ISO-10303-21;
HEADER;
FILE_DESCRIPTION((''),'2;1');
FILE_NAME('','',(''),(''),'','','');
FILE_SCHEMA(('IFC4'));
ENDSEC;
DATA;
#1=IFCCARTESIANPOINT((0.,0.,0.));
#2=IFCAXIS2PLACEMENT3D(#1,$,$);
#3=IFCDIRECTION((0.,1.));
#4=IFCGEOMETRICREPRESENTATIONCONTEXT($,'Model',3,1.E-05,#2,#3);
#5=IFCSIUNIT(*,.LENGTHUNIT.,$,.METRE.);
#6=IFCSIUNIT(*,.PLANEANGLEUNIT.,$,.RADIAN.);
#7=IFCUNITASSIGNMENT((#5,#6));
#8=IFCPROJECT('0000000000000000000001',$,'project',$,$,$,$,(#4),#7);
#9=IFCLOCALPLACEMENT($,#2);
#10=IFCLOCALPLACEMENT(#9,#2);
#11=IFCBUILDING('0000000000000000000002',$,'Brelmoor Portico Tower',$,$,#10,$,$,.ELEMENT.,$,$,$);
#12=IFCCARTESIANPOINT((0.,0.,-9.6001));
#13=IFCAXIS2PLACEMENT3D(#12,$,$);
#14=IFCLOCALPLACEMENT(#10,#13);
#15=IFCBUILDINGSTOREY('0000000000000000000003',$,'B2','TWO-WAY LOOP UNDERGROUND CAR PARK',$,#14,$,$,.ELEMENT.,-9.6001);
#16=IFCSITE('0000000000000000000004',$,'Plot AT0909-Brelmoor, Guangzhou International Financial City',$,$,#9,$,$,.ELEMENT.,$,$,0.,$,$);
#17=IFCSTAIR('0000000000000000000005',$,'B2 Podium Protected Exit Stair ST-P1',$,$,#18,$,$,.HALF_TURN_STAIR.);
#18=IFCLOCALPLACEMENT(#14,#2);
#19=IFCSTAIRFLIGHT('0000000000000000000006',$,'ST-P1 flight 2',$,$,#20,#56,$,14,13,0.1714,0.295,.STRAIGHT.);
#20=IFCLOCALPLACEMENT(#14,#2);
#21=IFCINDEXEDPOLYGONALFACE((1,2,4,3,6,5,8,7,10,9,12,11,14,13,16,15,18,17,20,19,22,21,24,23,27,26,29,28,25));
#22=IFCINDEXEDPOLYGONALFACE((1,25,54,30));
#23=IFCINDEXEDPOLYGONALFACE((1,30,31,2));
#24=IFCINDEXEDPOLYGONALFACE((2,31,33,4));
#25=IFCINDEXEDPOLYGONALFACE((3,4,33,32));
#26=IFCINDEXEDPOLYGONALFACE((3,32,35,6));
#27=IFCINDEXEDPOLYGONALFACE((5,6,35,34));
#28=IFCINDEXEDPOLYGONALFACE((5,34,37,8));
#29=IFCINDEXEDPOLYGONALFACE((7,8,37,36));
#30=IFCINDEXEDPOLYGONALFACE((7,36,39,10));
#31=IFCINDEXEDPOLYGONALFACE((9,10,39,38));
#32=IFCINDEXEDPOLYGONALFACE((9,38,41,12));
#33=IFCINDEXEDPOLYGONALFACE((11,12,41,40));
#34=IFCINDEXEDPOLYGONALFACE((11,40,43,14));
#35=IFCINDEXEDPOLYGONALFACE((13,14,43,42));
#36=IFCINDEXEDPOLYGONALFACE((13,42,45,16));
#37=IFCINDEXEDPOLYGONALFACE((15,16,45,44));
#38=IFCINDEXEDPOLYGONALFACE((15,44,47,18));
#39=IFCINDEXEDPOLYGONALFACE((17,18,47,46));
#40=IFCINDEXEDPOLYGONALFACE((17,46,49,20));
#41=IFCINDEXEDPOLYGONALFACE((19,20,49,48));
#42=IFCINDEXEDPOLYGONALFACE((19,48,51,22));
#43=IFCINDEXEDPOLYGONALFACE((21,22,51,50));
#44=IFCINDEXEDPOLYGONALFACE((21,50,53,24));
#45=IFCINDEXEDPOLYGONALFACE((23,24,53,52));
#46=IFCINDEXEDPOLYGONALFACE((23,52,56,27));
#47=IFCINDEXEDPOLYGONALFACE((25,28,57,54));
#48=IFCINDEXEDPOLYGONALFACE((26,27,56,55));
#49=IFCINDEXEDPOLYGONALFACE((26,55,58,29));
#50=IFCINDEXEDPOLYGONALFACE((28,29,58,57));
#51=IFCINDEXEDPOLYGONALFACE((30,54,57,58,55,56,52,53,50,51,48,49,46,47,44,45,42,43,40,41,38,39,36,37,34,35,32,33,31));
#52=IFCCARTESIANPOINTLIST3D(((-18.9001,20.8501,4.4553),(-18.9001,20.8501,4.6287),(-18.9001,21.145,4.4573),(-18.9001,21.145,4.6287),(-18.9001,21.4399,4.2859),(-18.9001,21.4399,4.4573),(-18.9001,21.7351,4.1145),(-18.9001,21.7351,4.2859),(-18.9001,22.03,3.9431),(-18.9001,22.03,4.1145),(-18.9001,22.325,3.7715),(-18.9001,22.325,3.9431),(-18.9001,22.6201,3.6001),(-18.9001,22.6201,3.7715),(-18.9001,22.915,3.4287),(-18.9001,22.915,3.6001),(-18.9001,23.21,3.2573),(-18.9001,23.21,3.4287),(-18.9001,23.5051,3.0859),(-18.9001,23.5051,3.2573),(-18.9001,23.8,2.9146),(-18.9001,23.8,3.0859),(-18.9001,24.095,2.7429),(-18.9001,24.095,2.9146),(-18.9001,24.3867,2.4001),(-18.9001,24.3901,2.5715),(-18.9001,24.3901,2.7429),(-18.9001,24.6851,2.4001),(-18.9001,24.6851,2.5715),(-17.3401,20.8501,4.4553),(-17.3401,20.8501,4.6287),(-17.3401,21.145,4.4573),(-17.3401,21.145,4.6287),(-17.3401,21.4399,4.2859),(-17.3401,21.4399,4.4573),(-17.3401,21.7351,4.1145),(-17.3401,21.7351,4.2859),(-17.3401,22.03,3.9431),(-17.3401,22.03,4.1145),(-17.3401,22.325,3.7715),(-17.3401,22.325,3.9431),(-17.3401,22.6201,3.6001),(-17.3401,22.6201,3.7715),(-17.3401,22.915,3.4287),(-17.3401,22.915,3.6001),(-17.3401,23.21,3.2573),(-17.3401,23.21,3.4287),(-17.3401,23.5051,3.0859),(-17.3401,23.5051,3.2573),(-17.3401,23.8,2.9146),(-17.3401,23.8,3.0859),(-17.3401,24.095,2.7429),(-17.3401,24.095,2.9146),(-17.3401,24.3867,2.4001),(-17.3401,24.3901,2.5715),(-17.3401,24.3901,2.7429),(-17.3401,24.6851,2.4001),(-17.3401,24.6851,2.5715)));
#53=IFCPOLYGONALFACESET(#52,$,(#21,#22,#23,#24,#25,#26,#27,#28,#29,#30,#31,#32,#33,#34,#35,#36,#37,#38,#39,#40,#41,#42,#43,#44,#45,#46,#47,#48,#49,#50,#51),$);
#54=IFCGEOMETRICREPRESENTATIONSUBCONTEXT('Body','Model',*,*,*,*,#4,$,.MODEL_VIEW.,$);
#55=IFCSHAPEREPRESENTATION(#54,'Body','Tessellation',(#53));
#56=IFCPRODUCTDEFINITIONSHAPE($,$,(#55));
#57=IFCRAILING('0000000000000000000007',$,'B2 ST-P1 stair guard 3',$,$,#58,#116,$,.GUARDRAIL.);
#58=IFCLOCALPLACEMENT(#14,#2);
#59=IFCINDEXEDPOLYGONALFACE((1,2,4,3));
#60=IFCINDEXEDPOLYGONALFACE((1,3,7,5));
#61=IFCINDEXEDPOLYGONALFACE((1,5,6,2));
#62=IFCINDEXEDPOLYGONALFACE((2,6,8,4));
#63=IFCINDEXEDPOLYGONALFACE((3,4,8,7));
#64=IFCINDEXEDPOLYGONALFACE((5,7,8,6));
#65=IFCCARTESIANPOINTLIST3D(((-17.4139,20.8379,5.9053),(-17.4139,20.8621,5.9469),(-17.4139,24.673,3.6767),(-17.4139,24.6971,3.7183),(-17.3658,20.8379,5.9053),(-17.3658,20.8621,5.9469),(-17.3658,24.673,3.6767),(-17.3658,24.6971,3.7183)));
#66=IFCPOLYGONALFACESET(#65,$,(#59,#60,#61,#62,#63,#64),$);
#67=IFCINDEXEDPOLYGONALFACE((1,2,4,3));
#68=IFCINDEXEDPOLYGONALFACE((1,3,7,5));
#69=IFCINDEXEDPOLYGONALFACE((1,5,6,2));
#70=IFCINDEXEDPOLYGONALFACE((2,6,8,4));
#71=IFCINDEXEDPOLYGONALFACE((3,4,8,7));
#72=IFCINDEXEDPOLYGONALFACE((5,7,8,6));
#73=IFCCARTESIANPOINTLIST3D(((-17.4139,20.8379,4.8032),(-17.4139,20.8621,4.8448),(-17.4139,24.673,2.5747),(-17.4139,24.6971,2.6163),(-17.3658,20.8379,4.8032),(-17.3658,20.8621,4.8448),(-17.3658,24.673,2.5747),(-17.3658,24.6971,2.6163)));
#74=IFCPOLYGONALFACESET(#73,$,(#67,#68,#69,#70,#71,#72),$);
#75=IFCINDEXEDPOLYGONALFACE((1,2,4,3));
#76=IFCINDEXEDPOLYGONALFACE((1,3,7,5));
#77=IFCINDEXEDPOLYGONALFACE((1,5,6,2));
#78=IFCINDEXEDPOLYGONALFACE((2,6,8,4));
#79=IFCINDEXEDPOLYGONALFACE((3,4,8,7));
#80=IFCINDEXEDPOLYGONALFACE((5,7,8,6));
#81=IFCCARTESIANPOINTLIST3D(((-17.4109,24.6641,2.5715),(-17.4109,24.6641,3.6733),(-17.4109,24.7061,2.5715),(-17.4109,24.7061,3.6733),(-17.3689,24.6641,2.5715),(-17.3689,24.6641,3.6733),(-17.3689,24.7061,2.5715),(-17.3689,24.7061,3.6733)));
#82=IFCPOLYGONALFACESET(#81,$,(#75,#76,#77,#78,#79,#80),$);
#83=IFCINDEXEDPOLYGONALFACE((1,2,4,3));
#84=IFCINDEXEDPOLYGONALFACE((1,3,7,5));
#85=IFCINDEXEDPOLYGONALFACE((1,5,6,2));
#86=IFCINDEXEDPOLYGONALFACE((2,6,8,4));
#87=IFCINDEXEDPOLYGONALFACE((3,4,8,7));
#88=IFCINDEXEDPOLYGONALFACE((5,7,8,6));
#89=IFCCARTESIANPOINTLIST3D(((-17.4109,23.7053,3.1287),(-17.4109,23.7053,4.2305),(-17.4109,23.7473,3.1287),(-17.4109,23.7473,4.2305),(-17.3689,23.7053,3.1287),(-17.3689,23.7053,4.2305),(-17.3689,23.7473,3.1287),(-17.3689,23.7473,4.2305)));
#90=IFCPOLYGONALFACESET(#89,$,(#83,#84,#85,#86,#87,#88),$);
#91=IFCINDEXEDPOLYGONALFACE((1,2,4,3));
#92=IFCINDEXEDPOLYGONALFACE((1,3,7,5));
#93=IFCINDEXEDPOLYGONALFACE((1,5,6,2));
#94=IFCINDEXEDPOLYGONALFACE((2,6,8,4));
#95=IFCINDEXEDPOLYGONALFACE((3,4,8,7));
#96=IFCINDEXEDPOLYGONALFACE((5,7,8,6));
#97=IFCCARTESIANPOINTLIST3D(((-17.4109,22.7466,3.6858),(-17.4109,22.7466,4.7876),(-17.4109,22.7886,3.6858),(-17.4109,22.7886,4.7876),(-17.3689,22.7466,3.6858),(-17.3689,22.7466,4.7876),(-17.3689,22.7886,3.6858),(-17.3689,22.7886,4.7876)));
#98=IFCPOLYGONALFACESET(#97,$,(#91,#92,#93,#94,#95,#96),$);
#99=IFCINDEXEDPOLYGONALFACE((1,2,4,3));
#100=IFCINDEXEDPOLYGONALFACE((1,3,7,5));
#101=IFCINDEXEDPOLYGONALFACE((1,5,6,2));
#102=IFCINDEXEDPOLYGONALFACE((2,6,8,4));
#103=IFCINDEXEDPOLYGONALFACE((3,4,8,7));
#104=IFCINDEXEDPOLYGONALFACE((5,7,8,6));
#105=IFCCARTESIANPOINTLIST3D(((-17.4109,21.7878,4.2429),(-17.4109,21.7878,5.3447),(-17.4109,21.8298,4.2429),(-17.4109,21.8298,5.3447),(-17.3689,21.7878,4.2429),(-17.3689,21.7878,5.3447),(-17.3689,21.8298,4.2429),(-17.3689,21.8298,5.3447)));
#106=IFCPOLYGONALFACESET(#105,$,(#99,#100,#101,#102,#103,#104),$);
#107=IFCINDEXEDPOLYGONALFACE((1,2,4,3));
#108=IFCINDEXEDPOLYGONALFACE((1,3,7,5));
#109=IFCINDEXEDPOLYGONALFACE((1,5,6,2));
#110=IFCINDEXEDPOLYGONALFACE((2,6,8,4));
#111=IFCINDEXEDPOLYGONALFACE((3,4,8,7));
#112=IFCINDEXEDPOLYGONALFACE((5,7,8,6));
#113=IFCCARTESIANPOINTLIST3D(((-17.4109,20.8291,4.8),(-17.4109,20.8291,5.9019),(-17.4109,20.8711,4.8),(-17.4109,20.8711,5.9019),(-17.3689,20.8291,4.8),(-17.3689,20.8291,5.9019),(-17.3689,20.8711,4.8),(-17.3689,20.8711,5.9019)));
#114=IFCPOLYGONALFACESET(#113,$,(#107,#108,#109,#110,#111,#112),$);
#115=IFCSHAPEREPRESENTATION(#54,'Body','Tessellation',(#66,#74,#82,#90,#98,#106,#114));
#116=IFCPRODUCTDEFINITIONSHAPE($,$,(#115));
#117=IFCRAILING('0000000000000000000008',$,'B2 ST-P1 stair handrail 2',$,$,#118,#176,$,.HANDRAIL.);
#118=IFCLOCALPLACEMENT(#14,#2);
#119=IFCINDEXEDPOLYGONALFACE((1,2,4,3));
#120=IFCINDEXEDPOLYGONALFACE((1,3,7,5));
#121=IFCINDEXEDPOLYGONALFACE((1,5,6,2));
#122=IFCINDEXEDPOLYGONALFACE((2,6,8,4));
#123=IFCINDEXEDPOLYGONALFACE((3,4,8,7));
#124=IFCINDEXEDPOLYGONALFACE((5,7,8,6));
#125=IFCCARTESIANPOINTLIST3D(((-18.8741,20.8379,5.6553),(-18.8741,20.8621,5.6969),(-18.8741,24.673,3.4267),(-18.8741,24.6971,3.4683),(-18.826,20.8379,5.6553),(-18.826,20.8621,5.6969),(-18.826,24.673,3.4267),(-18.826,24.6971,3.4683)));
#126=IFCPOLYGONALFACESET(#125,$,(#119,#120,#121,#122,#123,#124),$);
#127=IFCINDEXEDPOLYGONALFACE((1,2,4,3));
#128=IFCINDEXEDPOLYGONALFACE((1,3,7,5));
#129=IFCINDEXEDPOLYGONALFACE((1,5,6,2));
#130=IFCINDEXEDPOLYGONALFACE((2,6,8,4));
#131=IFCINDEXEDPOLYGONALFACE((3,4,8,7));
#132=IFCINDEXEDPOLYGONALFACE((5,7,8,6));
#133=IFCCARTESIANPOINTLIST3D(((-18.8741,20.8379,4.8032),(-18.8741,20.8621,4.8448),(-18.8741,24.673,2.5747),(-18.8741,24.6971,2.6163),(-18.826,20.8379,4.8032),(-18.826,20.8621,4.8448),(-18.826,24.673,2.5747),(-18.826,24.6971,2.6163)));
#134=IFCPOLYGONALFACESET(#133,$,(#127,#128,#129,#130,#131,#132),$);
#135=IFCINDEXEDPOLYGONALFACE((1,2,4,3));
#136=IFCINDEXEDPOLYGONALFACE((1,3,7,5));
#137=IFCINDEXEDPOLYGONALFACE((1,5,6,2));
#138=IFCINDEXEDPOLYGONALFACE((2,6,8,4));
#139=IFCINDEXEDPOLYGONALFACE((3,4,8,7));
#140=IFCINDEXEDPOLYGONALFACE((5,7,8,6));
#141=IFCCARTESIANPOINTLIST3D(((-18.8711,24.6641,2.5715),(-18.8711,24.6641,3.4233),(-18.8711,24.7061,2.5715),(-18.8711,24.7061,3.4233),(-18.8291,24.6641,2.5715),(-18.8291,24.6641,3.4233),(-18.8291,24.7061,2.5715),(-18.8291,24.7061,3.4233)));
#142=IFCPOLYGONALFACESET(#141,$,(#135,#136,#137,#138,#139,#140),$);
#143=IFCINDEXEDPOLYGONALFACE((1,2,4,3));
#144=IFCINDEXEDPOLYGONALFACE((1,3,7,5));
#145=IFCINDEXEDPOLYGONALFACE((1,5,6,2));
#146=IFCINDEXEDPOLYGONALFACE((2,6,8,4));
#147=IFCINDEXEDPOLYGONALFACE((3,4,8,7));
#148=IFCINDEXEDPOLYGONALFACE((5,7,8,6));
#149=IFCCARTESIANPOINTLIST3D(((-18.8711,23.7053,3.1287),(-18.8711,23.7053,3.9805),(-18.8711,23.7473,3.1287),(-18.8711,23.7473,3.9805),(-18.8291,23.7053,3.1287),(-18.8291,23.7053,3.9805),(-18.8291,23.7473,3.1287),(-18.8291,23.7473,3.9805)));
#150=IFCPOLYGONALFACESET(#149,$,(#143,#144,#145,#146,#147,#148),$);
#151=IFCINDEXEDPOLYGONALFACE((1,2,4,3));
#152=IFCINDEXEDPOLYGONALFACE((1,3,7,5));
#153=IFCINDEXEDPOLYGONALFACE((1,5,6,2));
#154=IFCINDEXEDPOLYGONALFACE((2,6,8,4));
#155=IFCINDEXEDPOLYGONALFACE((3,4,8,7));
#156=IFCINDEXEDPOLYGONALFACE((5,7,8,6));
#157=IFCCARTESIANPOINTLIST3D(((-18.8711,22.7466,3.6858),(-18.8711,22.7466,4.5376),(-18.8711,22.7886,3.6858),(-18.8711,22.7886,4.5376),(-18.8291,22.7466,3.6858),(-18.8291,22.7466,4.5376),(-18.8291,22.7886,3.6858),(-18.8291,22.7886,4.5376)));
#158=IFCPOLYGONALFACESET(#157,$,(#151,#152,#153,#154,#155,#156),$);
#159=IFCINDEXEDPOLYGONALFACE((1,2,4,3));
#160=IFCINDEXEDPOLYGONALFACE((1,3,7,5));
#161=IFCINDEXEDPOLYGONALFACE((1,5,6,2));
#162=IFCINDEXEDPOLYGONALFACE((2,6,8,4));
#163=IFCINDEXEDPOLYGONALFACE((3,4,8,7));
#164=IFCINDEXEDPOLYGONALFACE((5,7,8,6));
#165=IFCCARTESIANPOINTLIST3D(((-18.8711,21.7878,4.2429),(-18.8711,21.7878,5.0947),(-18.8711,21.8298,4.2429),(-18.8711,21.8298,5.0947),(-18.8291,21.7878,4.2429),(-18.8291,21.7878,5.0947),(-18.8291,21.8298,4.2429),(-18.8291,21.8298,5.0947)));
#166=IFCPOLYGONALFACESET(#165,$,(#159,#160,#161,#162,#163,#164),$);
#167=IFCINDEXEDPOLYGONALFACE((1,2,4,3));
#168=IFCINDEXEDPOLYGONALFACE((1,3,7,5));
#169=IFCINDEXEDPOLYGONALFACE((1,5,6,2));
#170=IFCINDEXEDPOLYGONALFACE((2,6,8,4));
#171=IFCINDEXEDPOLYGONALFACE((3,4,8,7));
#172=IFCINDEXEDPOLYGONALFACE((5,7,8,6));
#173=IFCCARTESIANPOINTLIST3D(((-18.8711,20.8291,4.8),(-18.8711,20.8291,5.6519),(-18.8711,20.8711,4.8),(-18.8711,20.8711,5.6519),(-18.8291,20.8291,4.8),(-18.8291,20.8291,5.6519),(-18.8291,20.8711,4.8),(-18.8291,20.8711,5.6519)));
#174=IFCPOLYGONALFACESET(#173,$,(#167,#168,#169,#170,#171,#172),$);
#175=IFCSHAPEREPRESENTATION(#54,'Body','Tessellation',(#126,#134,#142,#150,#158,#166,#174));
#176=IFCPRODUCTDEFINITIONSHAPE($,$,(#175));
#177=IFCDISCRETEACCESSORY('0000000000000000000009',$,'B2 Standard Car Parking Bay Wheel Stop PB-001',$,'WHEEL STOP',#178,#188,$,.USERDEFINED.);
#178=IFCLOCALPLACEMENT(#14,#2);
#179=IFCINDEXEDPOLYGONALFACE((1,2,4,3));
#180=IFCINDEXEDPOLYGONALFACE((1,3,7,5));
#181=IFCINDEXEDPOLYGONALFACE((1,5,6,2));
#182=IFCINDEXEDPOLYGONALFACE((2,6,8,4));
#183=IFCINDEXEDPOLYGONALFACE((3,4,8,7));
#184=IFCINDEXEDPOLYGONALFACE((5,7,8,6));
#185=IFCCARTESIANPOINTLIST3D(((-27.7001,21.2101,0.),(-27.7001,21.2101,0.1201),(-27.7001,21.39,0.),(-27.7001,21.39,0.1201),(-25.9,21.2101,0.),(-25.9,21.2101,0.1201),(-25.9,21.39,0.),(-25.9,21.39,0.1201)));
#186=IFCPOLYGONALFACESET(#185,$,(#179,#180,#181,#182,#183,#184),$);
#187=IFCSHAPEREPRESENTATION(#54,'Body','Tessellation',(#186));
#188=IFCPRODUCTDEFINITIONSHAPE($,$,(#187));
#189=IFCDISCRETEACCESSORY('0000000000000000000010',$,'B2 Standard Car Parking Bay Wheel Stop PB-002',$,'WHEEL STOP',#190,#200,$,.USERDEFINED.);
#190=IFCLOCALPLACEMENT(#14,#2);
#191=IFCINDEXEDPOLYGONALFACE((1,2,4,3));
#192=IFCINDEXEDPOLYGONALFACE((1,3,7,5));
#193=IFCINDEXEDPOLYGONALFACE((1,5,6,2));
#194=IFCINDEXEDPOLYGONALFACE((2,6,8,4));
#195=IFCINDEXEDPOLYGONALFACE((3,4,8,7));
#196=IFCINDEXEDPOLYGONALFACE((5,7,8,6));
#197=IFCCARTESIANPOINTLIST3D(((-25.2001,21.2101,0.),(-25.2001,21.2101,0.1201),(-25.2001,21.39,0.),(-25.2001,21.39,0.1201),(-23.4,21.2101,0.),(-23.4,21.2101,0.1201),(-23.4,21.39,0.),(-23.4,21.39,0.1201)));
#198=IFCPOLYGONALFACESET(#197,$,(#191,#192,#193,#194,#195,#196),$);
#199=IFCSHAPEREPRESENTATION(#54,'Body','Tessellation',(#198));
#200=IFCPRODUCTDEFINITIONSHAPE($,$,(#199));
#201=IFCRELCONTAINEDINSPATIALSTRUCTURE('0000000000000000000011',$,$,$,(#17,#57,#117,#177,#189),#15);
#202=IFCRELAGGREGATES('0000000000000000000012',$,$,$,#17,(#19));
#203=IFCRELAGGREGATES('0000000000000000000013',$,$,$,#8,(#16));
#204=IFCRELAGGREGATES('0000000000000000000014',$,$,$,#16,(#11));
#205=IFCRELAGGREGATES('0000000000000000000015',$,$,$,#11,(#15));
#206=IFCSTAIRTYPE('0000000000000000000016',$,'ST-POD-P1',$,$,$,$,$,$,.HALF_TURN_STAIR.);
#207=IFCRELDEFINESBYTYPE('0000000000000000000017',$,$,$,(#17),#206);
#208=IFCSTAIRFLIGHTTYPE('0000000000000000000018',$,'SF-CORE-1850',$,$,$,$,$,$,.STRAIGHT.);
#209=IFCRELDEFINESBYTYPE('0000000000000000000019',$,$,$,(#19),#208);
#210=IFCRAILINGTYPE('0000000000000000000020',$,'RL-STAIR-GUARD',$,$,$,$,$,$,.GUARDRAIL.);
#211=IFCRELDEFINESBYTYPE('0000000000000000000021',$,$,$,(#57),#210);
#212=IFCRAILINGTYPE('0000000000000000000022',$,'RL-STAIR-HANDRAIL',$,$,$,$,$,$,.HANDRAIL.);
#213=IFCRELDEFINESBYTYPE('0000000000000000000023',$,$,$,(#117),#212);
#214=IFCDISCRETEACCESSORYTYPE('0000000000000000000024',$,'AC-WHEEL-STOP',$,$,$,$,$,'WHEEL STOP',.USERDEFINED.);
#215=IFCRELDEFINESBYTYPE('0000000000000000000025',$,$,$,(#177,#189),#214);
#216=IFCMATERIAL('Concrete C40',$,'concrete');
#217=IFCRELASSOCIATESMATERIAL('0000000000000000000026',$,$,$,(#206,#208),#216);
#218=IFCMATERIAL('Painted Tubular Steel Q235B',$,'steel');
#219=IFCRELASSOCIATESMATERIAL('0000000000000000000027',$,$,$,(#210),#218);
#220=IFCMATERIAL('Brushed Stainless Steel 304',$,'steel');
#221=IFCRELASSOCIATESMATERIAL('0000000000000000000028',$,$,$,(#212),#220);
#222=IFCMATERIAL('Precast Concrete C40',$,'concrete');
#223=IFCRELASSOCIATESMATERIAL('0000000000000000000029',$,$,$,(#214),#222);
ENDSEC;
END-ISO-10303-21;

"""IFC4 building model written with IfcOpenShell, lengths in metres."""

from ifc_helpers import new_model, si_unit, direction, frame, origin, origin_2d, place, context, subcontext, project, spatial, polyline, rectangle, outline, extrude, material, type_object, element, aggregate, save


model = new_model("IFC4")

# Units and contexts
model_context = context("Model", 3, precision=1e-05, world=origin(), true_north=direction((0.0, 1.0)))
body_context = subcontext(model_context, "Body", "Model", "MODEL_VIEW")
ifc_project = project(units=[si_unit("LENGTHUNIT", "METRE"), si_unit("PLANEANGLEUNIT", "RADIAN")], contexts=[model_context])

# Site, building, storey
site_placement = place(None, origin())
site = spatial("IfcSite", under=ifc_project, at=site_placement, Name="Plot AT0909-Brelmoor, Guangzhou International Financial City", CompositionType="ELEMENT", RefElevation=0.0)
building_placement = place(site_placement, origin())
building = spatial("IfcBuilding", under=site, at=building_placement, Name="Brelmoor Portico Tower", CompositionType="ELEMENT")
storey_placement = place(building_placement, frame((0.0, 0.0, -9.6001)))
storey = spatial("IfcBuildingStorey", under=building, at=storey_placement, Name="B2", Description="TWO-WAY LOOP UNDERGROUND CAR PARK", CompositionType="ELEMENT", Elevation=-9.6001)

# Shared definitions
ifc_material_1 = material(Name="Concrete C40", Category="concrete")

# Stair, stair flight
stair_type = type_object("IfcStairType", Name="ST-POD-P1", PredefinedType="HALF_TURN_STAIR", material=ifc_material_1)
stair_placement = place(storey_placement, origin())
stair = element("IfcStair", 1, at=stair_placement, inside=storey, type_object=stair_type, Name="B2 Podium Protected Exit Stair ST-P1", PredefinedType="HALF_TURN_STAIR")
stair_flight_type = type_object("IfcStairFlightType", Name="SF-CORE-1850", PredefinedType="STRAIGHT", material=ifc_material_1)
stair_flight_placement = place(storey_placement, frame((-18.1201, 24.6851, 2.4001), z_axis=(0.0, 0.0, 1.0), x_axis=(0.0, -1.0, 0.0)))
stair_flight = element("IfcStairFlight", 2, at=stair_flight_placement, type_object=stair_flight_type, Name="ST-P1 flight 2", NumberOfRisers=14, NumberOfTreads=13, PredefinedType="STRAIGHT", RiserHeight=0.1714, TreadLength=0.295, context=body_context, shape_type="SweptSolid", body=[
    extrude(outline(polyline([(0.0, 0.0), (0.0, 0.1714), (0.2949, 0.1714), (0.2949, 0.3428), (0.5901, 0.3428), (0.5901, 0.5144), (0.885, 0.5144), (0.885, 0.6858), (1.1799, 0.6858), (1.1799, 0.8572), (1.4751, 0.8572), (1.4751, 1.0286), (1.77, 1.0286), (1.77, 1.2), (2.0649, 1.2), (2.0649, 1.3713), (2.3601, 1.3713), (2.3601, 1.543), (2.655, 1.543), (2.655, 1.7144), (2.95, 1.7144), (2.95, 1.8857), (3.2451, 1.8857), (3.2451, 2.0571), (3.54, 2.0571), (3.54, 2.2285), (3.835, 2.2285), (3.835, 2.3999), (3.835, 2.0552), (0.2983, 0.0), (0.0, 0.0)])), frame((0.0, 0.78, 0.0), z_axis=(0.0, -1.0, 0.0), x_axis=(1.0, 0.0, 0.0)), (0.0, 0.0, 1.0), 1.5601),
])
aggregate(stair, [stair_flight])

# Railings
ifc_material_2 = material(Name="Painted Tubular Steel Q235B", Category="steel")
railing_type_1 = type_object("IfcRailingType", Name="RL-STAIR-GUARD", PredefinedType="GUARDRAIL", material=ifc_material_2)
railing_1_placement = place(storey_placement, frame((-17.3899, 24.6851, 2.5715)))
element("IfcRailing", 3, at=railing_1_placement, inside=storey, type_object=railing_type_1, Name="B2 ST-P1 stair guard 3", PredefinedType="GUARDRAIL", context=body_context, shape_type="SweptSolid", body=[
    extrude(rectangle(XDim=0.0481, YDim=0.0481, at=origin_2d()), frame((0.0, 0.0, 1.126), z_axis=(0.0, -0.864616, 0.502433), x_axis=(1.0, 0.0, 0.0)), (0.0, 0.0, 1.0), 4.4355),
    extrude(rectangle(XDim=0.0481, YDim=0.0481, at=origin_2d()), frame((0.0, 0.0, 0.0239), z_axis=(0.0, -0.864616, 0.502433), x_axis=(1.0, 0.0, 0.0)), (0.0, 0.0, 1.0), 4.4355),
    extrude(rectangle(XDim=0.042, YDim=0.042, at=origin_2d()), origin(), (0.0, 0.0, 1.0), 1.1018),
    extrude(rectangle(XDim=0.042, YDim=0.042, at=origin_2d()), frame((0.0, -0.9587, 0.5571)), (0.0, 0.0, 1.0), 1.1018),
    extrude(rectangle(XDim=0.042, YDim=0.042, at=origin_2d()), frame((0.0, -1.9175, 1.1143)), (0.0, 0.0, 1.0), 1.1018),
    extrude(rectangle(XDim=0.042, YDim=0.042, at=origin_2d()), frame((0.0, -2.8762, 1.6714)), (0.0, 0.0, 1.0), 1.1018),
    extrude(rectangle(XDim=0.042, YDim=0.042, at=origin_2d()), frame((0.0, -3.835, 2.2285)), (0.0, 0.0, 1.0), 1.1018),
])
ifc_material_3 = material(Name="Brushed Stainless Steel 304", Category="steel")
railing_type_2 = type_object("IfcRailingType", Name="RL-STAIR-HANDRAIL", PredefinedType="HANDRAIL", material=ifc_material_3)
railing_2_placement = place(storey_placement, frame((-18.8501, 24.6851, 2.5715)))
element("IfcRailing", 4, at=railing_2_placement, inside=storey, type_object=railing_type_2, Name="B2 ST-P1 stair handrail 2", PredefinedType="HANDRAIL", context=body_context, shape_type="SweptSolid", body=[
    extrude(rectangle(XDim=0.0481, YDim=0.0481, at=origin_2d()), frame((0.0, 0.0, 0.876), z_axis=(0.0, -0.864616, 0.502433), x_axis=(1.0, 0.0, 0.0)), (0.0, 0.0, 1.0), 4.4355),
    extrude(rectangle(XDim=0.0481, YDim=0.0481, at=origin_2d()), frame((0.0, 0.0, 0.0239), z_axis=(0.0, -0.864616, 0.502433), x_axis=(1.0, 0.0, 0.0)), (0.0, 0.0, 1.0), 4.4355),
    extrude(rectangle(XDim=0.042, YDim=0.042, at=origin_2d()), origin(), (0.0, 0.0, 1.0), 0.8518),
    extrude(rectangle(XDim=0.042, YDim=0.042, at=origin_2d()), frame((0.0, -0.9587, 0.5571)), (0.0, 0.0, 1.0), 0.8518),
    extrude(rectangle(XDim=0.042, YDim=0.042, at=origin_2d()), frame((0.0, -1.9175, 1.1143)), (0.0, 0.0, 1.0), 0.8518),
    extrude(rectangle(XDim=0.042, YDim=0.042, at=origin_2d()), frame((0.0, -2.8762, 1.6714)), (0.0, 0.0, 1.0), 0.8518),
    extrude(rectangle(XDim=0.042, YDim=0.042, at=origin_2d()), frame((0.0, -3.835, 2.2285)), (0.0, 0.0, 1.0), 0.8518),
])

# Discrete accessories
ifc_material_4 = material(Name="Precast Concrete C40", Category="concrete")
discrete_accessory_type = type_object("IfcDiscreteAccessoryType", Name="AC-WHEEL-STOP", ElementType="WHEEL STOP", PredefinedType="USERDEFINED", material=ifc_material_4)
for number, where, z_axis, x_axis, name in (
    (5, (-26.8, 21.3, 0.0), (0.0, 0.0, 1.0), (1.0, 0.0, 0.0), "B2 Standard Car Parking Bay Wheel Stop PB-001"),
    (6, (-24.3, 21.3, 0.0), (0.0, 0.0, 1.0), (1.0, 0.0, 0.0), "B2 Standard Car Parking Bay Wheel Stop PB-002"),
):
    element("IfcDiscreteAccessory", number, at=place(storey_placement, frame(where, z_axis=z_axis, x_axis=x_axis)), inside=storey, type_object=discrete_accessory_type, Name=name, ObjectType="WHEEL STOP", PredefinedType="USERDEFINED", context=body_context, shape_type="SweptSolid", body=[
        extrude(rectangle(XDim=1.8, YDim=0.1799, at=origin_2d()), origin(), (0.0, 0.0, 1.0), 0.1201),
    ])

save(model, "model.ifc")
